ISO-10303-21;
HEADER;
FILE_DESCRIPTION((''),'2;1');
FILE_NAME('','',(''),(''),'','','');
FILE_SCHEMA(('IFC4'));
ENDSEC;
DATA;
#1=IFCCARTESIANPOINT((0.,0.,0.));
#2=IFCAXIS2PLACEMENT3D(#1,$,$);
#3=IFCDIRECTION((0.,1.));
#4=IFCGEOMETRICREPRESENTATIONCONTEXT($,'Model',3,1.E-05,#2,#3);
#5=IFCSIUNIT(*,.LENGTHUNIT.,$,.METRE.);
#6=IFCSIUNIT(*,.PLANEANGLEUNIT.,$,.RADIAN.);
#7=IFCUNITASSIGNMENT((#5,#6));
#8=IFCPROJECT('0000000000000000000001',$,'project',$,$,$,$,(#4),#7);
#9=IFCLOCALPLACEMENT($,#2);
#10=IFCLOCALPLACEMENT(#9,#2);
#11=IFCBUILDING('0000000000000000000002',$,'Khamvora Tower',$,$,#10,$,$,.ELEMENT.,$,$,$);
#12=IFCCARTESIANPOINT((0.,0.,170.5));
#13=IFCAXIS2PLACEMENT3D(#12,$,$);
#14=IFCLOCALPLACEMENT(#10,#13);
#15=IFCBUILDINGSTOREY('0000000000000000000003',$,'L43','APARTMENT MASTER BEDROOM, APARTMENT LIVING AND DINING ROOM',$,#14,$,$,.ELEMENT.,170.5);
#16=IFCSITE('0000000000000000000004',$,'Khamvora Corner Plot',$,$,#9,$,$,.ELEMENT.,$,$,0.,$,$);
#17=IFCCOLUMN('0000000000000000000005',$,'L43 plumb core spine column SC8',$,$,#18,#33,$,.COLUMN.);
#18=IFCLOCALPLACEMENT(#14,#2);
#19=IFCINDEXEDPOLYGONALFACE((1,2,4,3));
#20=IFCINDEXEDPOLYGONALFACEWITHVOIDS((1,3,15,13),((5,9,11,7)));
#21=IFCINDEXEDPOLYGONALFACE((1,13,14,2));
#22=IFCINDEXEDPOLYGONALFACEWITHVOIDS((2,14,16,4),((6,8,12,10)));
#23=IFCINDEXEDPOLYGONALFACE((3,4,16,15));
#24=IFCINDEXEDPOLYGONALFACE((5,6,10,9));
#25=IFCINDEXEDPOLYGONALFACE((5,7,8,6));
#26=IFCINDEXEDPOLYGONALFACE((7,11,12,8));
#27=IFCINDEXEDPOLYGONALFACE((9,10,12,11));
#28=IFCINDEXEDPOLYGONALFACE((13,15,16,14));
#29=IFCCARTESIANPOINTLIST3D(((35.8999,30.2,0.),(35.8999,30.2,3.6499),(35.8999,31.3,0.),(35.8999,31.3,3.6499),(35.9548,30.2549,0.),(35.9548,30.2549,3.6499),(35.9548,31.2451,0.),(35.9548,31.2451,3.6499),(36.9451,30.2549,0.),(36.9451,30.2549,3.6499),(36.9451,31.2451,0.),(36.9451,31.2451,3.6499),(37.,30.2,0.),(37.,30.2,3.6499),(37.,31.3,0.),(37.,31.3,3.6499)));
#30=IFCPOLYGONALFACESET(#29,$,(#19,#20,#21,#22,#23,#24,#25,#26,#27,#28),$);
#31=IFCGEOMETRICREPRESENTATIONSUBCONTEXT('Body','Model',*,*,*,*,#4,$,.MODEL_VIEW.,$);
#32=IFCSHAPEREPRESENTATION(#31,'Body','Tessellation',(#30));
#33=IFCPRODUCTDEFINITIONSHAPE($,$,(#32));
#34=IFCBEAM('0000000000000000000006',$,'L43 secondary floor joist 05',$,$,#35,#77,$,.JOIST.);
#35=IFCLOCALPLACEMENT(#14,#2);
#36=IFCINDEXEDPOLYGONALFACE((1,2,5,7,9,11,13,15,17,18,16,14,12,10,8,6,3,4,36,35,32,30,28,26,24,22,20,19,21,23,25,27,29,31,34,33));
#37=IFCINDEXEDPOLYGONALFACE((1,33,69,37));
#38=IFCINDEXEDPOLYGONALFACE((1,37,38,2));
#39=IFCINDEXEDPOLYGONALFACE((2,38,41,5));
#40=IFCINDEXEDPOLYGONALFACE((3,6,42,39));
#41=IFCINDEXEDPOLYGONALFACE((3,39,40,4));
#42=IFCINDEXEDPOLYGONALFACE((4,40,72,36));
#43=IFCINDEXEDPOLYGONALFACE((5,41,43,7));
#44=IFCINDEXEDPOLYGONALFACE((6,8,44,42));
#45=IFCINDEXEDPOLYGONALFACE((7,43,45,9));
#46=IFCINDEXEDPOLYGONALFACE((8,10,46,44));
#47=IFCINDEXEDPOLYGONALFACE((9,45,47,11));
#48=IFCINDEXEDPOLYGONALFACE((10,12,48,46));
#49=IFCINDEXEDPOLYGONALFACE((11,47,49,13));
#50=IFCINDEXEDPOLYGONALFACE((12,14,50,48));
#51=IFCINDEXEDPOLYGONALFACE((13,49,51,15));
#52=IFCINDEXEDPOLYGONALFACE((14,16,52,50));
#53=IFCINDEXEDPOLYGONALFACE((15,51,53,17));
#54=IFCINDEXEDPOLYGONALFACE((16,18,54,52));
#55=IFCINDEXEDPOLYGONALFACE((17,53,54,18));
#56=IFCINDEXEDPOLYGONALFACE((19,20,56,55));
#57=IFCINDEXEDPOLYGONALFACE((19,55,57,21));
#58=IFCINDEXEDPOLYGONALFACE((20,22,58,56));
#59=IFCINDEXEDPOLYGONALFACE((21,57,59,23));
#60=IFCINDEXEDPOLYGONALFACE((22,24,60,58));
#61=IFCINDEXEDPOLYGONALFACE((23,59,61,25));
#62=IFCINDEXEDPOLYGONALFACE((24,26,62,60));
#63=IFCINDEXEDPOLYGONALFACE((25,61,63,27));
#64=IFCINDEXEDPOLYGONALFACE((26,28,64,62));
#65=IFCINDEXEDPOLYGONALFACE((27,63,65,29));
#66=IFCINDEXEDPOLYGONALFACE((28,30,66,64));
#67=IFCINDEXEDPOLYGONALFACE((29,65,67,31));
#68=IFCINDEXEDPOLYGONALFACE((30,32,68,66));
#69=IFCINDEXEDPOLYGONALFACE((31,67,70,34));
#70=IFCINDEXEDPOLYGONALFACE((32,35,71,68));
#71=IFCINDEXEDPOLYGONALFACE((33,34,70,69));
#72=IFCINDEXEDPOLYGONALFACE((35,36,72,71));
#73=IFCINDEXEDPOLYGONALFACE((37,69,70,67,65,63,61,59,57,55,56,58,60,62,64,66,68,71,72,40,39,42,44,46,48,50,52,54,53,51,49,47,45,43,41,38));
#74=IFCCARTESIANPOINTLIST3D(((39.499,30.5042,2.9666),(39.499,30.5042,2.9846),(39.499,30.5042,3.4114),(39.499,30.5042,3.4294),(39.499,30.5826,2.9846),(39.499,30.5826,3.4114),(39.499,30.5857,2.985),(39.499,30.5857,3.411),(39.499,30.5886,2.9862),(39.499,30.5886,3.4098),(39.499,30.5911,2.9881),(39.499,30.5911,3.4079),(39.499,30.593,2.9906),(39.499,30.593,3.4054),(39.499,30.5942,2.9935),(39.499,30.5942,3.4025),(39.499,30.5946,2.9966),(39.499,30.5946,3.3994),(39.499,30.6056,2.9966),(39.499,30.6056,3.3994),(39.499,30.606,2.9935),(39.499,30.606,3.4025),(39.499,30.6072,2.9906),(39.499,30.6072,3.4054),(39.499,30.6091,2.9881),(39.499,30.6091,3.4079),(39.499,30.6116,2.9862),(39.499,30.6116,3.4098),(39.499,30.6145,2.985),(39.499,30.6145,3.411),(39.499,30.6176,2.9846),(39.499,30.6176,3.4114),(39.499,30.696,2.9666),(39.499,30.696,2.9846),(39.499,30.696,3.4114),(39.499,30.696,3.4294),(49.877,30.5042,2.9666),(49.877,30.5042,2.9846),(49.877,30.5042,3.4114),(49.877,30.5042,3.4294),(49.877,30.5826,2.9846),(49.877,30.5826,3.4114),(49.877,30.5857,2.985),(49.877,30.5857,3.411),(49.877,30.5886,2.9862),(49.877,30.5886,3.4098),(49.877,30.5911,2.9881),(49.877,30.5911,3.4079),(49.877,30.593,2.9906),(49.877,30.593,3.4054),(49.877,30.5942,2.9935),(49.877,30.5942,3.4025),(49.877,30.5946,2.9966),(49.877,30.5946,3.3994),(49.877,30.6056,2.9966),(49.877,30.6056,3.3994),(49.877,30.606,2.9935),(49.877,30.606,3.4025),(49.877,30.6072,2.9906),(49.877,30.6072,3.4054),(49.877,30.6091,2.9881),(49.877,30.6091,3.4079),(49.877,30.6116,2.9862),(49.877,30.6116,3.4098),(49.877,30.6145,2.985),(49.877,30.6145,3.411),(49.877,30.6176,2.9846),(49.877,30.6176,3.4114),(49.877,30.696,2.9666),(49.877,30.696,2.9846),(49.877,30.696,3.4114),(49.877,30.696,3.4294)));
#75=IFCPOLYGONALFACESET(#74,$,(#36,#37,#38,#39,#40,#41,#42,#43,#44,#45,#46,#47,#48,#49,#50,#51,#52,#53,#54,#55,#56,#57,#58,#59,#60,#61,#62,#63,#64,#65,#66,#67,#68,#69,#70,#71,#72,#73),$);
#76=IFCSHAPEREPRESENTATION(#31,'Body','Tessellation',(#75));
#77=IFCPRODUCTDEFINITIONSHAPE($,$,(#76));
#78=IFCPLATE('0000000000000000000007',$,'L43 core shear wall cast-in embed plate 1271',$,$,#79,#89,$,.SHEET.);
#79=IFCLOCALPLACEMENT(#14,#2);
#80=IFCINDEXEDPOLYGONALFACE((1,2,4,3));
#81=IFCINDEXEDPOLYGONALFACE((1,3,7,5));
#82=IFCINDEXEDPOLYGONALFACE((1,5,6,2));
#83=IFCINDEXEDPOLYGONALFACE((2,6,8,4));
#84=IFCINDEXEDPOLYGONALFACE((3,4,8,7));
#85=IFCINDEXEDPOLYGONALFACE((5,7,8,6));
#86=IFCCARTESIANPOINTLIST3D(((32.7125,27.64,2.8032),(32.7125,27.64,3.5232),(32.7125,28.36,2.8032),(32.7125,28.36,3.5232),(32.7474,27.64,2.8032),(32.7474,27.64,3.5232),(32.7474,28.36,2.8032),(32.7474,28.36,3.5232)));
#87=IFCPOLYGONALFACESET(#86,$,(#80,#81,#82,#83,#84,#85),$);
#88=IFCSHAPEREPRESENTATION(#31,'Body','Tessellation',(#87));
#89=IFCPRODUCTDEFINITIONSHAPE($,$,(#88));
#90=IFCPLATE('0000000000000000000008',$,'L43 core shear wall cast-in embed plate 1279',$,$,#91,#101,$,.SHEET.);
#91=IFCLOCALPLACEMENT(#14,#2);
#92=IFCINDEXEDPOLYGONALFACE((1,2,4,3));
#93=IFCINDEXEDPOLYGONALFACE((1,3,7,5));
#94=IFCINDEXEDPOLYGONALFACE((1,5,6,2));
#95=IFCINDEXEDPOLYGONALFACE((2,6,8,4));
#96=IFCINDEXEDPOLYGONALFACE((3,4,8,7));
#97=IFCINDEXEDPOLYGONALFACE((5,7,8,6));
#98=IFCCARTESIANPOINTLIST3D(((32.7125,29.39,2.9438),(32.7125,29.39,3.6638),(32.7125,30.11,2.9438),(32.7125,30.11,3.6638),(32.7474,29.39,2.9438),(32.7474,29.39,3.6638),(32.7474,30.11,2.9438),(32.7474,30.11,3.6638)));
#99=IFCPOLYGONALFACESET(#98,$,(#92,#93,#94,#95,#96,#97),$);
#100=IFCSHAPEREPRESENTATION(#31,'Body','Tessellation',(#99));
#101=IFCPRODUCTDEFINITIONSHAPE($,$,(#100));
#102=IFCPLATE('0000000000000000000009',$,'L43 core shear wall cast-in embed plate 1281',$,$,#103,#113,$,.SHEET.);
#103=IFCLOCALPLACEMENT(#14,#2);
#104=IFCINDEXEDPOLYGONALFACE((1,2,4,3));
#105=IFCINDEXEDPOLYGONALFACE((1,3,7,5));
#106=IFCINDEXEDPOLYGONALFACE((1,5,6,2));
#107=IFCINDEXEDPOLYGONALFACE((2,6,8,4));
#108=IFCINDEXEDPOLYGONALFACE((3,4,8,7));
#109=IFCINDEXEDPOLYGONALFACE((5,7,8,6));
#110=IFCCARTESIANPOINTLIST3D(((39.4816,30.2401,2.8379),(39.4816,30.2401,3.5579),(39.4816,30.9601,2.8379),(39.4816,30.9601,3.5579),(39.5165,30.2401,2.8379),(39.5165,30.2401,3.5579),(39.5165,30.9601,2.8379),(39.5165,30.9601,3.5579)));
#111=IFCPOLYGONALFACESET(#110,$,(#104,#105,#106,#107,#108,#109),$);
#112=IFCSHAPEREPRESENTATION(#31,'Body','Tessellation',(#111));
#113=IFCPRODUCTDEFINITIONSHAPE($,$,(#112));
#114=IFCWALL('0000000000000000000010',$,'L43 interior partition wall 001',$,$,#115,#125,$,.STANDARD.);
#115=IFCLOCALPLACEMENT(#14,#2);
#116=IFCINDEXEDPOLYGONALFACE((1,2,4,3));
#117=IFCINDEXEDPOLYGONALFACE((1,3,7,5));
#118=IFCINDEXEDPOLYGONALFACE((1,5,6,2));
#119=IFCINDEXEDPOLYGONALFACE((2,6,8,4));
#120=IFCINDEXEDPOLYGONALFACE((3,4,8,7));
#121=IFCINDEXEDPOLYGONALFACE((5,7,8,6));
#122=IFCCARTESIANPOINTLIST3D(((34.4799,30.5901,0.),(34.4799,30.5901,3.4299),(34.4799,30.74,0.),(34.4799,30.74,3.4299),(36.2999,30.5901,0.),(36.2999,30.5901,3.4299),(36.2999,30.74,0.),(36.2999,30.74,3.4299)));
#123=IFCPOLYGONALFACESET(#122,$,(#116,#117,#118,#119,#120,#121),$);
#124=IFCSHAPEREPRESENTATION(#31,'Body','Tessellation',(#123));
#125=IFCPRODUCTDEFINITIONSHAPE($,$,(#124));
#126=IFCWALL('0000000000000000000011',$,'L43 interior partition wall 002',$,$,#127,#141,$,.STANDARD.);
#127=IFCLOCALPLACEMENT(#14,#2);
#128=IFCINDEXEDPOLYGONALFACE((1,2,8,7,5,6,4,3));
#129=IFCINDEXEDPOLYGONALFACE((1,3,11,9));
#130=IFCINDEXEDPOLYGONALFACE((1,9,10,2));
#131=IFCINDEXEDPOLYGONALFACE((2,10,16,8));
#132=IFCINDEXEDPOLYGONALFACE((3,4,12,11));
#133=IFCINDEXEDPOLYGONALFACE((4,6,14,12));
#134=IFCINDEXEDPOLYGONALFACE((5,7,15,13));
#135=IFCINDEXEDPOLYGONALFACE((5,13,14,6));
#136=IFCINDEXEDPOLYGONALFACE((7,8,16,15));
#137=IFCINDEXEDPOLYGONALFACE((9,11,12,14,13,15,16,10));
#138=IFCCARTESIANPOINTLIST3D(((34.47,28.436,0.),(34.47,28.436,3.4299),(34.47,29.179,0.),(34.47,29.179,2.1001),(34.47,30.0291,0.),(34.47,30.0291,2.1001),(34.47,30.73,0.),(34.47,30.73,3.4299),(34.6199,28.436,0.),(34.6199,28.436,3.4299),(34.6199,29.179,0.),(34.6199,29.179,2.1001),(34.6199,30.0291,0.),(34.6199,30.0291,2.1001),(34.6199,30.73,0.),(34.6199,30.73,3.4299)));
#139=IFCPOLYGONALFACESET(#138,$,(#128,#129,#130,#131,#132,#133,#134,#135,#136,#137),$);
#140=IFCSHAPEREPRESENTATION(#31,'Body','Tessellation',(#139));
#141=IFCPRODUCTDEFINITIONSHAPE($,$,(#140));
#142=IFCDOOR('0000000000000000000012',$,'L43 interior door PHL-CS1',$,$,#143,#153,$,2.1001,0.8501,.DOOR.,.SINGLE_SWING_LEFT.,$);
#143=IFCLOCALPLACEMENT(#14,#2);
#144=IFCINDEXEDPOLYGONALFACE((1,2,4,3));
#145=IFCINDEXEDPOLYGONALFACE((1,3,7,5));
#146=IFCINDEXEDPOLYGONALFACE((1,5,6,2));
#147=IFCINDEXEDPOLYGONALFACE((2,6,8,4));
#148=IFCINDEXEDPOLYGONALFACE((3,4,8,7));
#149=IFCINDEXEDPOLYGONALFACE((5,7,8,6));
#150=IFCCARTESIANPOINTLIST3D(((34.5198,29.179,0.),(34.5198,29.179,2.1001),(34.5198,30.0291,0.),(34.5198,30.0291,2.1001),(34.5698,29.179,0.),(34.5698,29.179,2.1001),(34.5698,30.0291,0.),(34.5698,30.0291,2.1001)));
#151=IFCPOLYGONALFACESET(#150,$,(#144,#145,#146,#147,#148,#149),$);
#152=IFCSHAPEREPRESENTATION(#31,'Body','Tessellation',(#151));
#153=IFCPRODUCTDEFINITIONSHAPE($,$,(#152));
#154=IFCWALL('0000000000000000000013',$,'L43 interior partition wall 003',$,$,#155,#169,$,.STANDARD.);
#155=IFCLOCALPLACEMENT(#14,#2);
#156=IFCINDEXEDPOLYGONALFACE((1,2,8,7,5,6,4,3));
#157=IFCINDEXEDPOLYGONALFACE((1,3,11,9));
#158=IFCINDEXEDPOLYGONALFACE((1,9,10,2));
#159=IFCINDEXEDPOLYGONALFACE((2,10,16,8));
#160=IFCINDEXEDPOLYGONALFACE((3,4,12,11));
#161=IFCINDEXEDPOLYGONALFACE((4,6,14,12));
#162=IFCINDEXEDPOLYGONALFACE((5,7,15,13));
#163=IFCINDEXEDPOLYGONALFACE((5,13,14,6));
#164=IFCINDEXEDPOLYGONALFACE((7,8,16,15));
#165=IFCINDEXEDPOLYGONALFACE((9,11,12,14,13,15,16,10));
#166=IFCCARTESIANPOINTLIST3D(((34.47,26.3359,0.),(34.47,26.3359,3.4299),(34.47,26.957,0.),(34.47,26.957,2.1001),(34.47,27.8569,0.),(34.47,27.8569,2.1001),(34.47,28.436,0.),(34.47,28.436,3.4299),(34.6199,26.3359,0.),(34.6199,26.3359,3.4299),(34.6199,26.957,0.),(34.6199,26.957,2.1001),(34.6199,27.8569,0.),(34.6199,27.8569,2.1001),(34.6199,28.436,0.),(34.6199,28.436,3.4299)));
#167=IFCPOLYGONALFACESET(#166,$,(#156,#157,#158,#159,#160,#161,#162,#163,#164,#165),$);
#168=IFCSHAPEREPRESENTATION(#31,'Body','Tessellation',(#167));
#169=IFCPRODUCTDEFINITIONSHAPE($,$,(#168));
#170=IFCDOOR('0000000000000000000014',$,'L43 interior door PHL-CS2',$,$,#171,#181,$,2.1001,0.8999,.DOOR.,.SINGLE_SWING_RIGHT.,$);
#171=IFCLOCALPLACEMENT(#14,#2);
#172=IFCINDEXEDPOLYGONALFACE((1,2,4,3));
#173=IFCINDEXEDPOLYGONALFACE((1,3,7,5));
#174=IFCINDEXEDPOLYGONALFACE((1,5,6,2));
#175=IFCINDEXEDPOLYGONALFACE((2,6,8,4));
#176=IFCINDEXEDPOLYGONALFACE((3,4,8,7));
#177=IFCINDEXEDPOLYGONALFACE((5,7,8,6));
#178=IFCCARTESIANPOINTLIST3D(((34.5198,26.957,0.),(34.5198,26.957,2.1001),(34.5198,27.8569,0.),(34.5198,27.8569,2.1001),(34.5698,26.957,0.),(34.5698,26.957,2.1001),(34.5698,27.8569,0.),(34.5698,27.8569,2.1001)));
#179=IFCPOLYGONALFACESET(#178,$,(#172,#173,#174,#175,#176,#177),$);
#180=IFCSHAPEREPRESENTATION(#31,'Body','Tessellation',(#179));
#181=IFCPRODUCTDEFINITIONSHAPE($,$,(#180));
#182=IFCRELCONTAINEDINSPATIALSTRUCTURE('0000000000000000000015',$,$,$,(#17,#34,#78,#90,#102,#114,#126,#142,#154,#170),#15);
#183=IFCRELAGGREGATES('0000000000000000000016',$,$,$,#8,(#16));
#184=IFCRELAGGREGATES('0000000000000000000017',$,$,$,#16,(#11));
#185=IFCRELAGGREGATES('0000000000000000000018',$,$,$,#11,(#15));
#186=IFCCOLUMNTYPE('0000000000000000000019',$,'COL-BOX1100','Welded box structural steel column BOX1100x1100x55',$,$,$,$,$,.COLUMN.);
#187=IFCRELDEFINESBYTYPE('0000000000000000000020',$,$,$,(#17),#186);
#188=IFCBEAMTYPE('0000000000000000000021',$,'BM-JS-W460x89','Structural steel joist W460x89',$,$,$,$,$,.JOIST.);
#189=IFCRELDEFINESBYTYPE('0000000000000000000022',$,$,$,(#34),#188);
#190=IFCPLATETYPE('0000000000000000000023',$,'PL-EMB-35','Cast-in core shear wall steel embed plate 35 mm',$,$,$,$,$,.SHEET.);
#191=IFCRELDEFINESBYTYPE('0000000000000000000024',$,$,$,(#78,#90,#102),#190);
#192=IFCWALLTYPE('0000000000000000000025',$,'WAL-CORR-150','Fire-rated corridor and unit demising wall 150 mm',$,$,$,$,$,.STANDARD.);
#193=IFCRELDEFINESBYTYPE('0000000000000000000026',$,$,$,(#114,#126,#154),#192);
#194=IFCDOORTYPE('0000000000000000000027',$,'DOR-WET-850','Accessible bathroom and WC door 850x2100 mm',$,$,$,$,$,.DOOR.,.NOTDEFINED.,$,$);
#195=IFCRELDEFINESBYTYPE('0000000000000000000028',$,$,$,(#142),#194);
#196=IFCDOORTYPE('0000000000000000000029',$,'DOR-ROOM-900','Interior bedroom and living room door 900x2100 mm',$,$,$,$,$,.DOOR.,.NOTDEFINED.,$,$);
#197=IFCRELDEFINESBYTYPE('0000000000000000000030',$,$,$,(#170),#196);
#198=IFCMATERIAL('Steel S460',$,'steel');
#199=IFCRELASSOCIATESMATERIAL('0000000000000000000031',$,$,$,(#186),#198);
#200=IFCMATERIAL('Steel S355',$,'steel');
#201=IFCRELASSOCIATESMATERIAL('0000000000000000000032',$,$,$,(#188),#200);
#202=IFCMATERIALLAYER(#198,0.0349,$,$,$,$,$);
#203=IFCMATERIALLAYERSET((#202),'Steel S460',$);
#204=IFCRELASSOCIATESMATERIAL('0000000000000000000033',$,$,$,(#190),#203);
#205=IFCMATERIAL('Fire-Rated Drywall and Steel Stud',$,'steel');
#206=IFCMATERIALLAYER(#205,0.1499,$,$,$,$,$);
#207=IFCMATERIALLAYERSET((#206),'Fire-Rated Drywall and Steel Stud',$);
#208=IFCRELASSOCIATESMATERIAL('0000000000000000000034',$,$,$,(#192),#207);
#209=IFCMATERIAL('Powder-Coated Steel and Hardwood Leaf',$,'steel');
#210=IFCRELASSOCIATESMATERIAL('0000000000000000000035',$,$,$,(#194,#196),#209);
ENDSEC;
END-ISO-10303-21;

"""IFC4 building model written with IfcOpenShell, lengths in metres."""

from ifc_helpers import new_model, si_unit, direction, frame, frame_2d, origin, origin_2d, place, context, subcontext, project, spatial, rectangle, hollow_rectangle, i_section, extrude, material, layer, layer_set, material_profile, profile_set, type_object, element, fill, save


model = new_model("IFC4")

# Units and contexts
model_context = context("Model", 3, precision=1e-05, world=origin(), true_north=direction((0.0, 1.0)))
body_context = subcontext(model_context, "Body", "Model", "MODEL_VIEW")
ifc_project = project(units=[si_unit("LENGTHUNIT", "METRE"), si_unit("PLANEANGLEUNIT", "RADIAN")], contexts=[model_context])

# Site, building, storey
site_placement = place(None, origin())
site = spatial("IfcSite", under=ifc_project, at=site_placement, Name="Khamvora Corner Plot", CompositionType="ELEMENT", RefElevation=0.0)
building_placement = place(site_placement, origin())
building = spatial("IfcBuilding", under=site, at=building_placement, Name="Khamvora Tower", CompositionType="ELEMENT")
storey_placement = place(building_placement, frame((0.0, 0.0, 170.5)))
storey = spatial("IfcBuildingStorey", under=building, at=storey_placement, Name="L43", Description="APARTMENT MASTER BEDROOM, APARTMENT LIVING AND DINING ROOM", CompositionType="ELEMENT", Elevation=170.5)

# Column
ifc_material_1 = material(Name="Steel S460", Category="steel")
ifc_material_profile_1 = material_profile(ifc_material_1, hollow_rectangle(XDim=1.1001, YDim=1.1001, WallThickness=0.0549, at=origin_2d()), Name="BOX1100x1100x55")
ifc_profile_set_1 = profile_set([ifc_material_profile_1], Name="Steel S460")
column_type = type_object("IfcColumnType", Name="COL-BOX1100", Description="Welded box structural steel column BOX1100x1100x55", PredefinedType="COLUMN", material=ifc_profile_set_1)
column_placement = place(storey_placement, frame((36.45, 30.75, 0.0), z_axis=(0.0, 0.0, 1.0), x_axis=(1.0, 0.0, 0.0)))
element("IfcColumn", 1, at=column_placement, inside=storey, type_object=column_type, Name="L43 plumb core spine column SC8", PredefinedType="COLUMN", context=body_context, shape_type="SweptSolid", body=[
    extrude(hollow_rectangle(XDim=1.1001, YDim=1.1001, WallThickness=0.0549, at=origin_2d()), origin(), (0.0, 0.0, 1.0), 3.6499),
])

# Beam
ifc_material_2 = material(Name="Steel S355", Category="steel")
ifc_material_profile_2 = material_profile(ifc_material_2, i_section(OverallWidth=0.1919, OverallDepth=0.4629, WebThickness=0.011, FlangeThickness=0.0181, FilletRadius=0.012, at=origin_2d()), Name="W460x89")
ifc_profile_set_2 = profile_set([ifc_material_profile_2], Name="Steel S355")
beam_type = type_object("IfcBeamType", Name="BM-JS-W460x89", Description="Structural steel joist W460x89", PredefinedType="JOIST", material=ifc_profile_set_2)
beam_placement = place(storey_placement, frame((39.499, 30.6001, 3.198), z_axis=(1.0, 0.0, 0.0), x_axis=(0.0, 1.0, 0.0)))
element("IfcBeam", 2, at=beam_placement, inside=storey, type_object=beam_type, Name="L43 secondary floor joist 05", PredefinedType="JOIST", context=body_context, shape_type="SweptSolid", body=[
    extrude(i_section(OverallWidth=0.1919, OverallDepth=0.4629, WebThickness=0.011, FlangeThickness=0.0181, FilletRadius=0.012, at=origin_2d()), origin(), (0.0, 0.0, 1.0), 10.3779),
])

# Plates
ifc_layer_1 = layer(ifc_material_1, 0.0349)
ifc_layer_set_1 = layer_set([ifc_layer_1], Name="Steel S460")
plate_type = type_object("IfcPlateType", Name="PL-EMB-35", Description="Cast-in core shear wall steel embed plate 35 mm", PredefinedType="SHEET", material=ifc_layer_set_1)
for number, where, z_axis, x_axis, name in (
    (3, (32.73, 28.0, 2.8032), (0.0, 0.0, 1.0), (1.0, 0.0, 0.0), "L43 core shear wall cast-in embed plate 1271"),
    (4, (32.73, 29.75, 2.9438), (0.0, 0.0, 1.0), (1.0, 0.0, 0.0), "L43 core shear wall cast-in embed plate 1279"),
    (5, (39.499, 30.6001, 2.8379), (0.0, 0.0, 1.0), (1.0, 0.0, 0.0), "L43 core shear wall cast-in embed plate 1281"),
):
    element("IfcPlate", number, at=place(storey_placement, frame(where, z_axis=z_axis, x_axis=x_axis)), inside=storey, type_object=plate_type, Name=name, PredefinedType="SHEET", context=body_context, shape_type="SweptSolid", body=[
        extrude(rectangle(XDim=0.0349, YDim=0.72, at=origin_2d()), origin(), (0.0, 0.0, 1.0), 0.72),
    ])

# Shared definitions
ifc_material_3 = material(Name="Powder-Coated Steel and Hardwood Leaf", Category="steel")

# Wall
ifc_material_4 = material(Name="Fire-Rated Drywall and Steel Stud", Category="steel")
ifc_layer_2 = layer(ifc_material_4, 0.1499)
ifc_layer_set_2 = layer_set([ifc_layer_2], Name="Fire-Rated Drywall and Steel Stud")
wall_type_1 = type_object("IfcWallType", Name="WAL-CORR-150", Description="Fire-rated corridor and unit demising wall 150 mm", PredefinedType="STANDARD", material=ifc_layer_set_2)
wall_1_placement = place(storey_placement, frame((36.3, 30.665, 0.0), z_axis=(0.0, 0.0, 1.0), x_axis=(-1.0, 0.0, 0.0)))
element("IfcWall", 6, at=wall_1_placement, inside=storey, type_object=wall_type_1, Name="L43 interior partition wall 001", PredefinedType="STANDARD", context=body_context, shape_type="SweptSolid", body=[
    extrude(rectangle(XDim=1.8201, YDim=0.1499, at=frame_2d((0.9102, 0.0))), origin(), (0.0, 0.0, 1.0), 3.4299),
])

# Walls, openings, doors
wall_2_placement = place(storey_placement, frame((34.5449, 30.73, 0.0), z_axis=(0.0, 0.0, 1.0), x_axis=(0.0, -1.0, 0.0)))
wall_2 = element("IfcWall", 7, at=wall_2_placement, inside=storey, type_object=wall_type_1, Name="L43 interior partition wall 002", PredefinedType="STANDARD", context=body_context, shape_type="SweptSolid", body=[
    extrude(rectangle(XDim=2.2939, YDim=0.1499, at=frame_2d((1.147, 0.0))), origin(), (0.0, 0.0, 1.0), 3.4299),
])
opening_1_placement = place(wall_2_placement, frame((0.7009, 0.0, 0.0)))
opening_1 = element("IfcOpeningElement", 8, at=opening_1_placement, cuts=wall_2, PredefinedType="OPENING", context=body_context, shape_type="SweptSolid", body=[
    extrude(rectangle(XDim=0.8501, YDim=2.1001, at=frame_2d((0.425, 1.05))), frame((0.0, 0.085, 0.0), z_axis=(0.0, -1.0, 0.0), x_axis=(1.0, 0.0, 0.0)), (0.0, 0.0, 1.0), 0.1699),
])
door_type_1 = type_object("IfcDoorType", Name="DOR-WET-850", Description="Accessible bathroom and WC door 850x2100 mm", OperationType="NOTDEFINED", PredefinedType="DOOR", material=ifc_material_3)
door_1_placement = place(opening_1_placement, origin())
door_1 = element("IfcDoor", 9, at=door_1_placement, inside=storey, type_object=door_type_1, Name="L43 interior door PHL-CS1", OperationType="SINGLE_SWING_LEFT", OverallHeight=2.1001, OverallWidth=0.8501, PredefinedType="DOOR", context=body_context, shape_type="SweptSolid", body=[
    extrude(rectangle(XDim=0.8501, YDim=2.1001, at=frame_2d((0.425, 1.05))), frame((0.0, 0.0249, 0.0), z_axis=(0.0, -1.0, 0.0), x_axis=(1.0, 0.0, 0.0)), (0.0, 0.0, 1.0), 0.05),
])
fill(opening_1, door_1)
wall_3_placement = place(storey_placement, frame((34.5449, 28.436, 0.0), z_axis=(0.0, 0.0, 1.0), x_axis=(0.0, -1.0, 0.0)))
wall_3 = element("IfcWall", 10, at=wall_3_placement, inside=storey, type_object=wall_type_1, Name="L43 interior partition wall 003", PredefinedType="STANDARD", context=body_context, shape_type="SweptSolid", body=[
    extrude(rectangle(XDim=2.1001, YDim=0.1499, at=frame_2d((1.05, 0.0))), origin(), (0.0, 0.0, 1.0), 3.4299),
])
opening_2_placement = place(wall_3_placement, frame((0.5791, 0.0, 0.0)))
opening_2 = element("IfcOpeningElement", 11, at=opening_2_placement, cuts=wall_3, PredefinedType="OPENING", context=body_context, shape_type="SweptSolid", body=[
    extrude(rectangle(XDim=0.8999, YDim=2.1001, at=frame_2d((0.45, 1.05))), frame((0.0, 0.085, 0.0), z_axis=(0.0, -1.0, 0.0), x_axis=(1.0, 0.0, 0.0)), (0.0, 0.0, 1.0), 0.1699),
])
door_type_2 = type_object("IfcDoorType", Name="DOR-ROOM-900", Description="Interior bedroom and living room door 900x2100 mm", OperationType="NOTDEFINED", PredefinedType="DOOR", material=ifc_material_3)
door_2_placement = place(opening_2_placement, origin())
door_2 = element("IfcDoor", 12, at=door_2_placement, inside=storey, type_object=door_type_2, Name="L43 interior door PHL-CS2", OperationType="SINGLE_SWING_RIGHT", OverallHeight=2.1001, OverallWidth=0.8999, PredefinedType="DOOR", context=body_context, shape_type="SweptSolid", body=[
    extrude(rectangle(XDim=0.8999, YDim=2.1001, at=frame_2d((0.45, 1.05))), frame((0.0, 0.0249, 0.0), z_axis=(0.0, -1.0, 0.0), x_axis=(1.0, 0.0, 0.0)), (0.0, 0.0, 1.0), 0.05),
])
fill(opening_2, door_2)

save(model, "model.ifc")
